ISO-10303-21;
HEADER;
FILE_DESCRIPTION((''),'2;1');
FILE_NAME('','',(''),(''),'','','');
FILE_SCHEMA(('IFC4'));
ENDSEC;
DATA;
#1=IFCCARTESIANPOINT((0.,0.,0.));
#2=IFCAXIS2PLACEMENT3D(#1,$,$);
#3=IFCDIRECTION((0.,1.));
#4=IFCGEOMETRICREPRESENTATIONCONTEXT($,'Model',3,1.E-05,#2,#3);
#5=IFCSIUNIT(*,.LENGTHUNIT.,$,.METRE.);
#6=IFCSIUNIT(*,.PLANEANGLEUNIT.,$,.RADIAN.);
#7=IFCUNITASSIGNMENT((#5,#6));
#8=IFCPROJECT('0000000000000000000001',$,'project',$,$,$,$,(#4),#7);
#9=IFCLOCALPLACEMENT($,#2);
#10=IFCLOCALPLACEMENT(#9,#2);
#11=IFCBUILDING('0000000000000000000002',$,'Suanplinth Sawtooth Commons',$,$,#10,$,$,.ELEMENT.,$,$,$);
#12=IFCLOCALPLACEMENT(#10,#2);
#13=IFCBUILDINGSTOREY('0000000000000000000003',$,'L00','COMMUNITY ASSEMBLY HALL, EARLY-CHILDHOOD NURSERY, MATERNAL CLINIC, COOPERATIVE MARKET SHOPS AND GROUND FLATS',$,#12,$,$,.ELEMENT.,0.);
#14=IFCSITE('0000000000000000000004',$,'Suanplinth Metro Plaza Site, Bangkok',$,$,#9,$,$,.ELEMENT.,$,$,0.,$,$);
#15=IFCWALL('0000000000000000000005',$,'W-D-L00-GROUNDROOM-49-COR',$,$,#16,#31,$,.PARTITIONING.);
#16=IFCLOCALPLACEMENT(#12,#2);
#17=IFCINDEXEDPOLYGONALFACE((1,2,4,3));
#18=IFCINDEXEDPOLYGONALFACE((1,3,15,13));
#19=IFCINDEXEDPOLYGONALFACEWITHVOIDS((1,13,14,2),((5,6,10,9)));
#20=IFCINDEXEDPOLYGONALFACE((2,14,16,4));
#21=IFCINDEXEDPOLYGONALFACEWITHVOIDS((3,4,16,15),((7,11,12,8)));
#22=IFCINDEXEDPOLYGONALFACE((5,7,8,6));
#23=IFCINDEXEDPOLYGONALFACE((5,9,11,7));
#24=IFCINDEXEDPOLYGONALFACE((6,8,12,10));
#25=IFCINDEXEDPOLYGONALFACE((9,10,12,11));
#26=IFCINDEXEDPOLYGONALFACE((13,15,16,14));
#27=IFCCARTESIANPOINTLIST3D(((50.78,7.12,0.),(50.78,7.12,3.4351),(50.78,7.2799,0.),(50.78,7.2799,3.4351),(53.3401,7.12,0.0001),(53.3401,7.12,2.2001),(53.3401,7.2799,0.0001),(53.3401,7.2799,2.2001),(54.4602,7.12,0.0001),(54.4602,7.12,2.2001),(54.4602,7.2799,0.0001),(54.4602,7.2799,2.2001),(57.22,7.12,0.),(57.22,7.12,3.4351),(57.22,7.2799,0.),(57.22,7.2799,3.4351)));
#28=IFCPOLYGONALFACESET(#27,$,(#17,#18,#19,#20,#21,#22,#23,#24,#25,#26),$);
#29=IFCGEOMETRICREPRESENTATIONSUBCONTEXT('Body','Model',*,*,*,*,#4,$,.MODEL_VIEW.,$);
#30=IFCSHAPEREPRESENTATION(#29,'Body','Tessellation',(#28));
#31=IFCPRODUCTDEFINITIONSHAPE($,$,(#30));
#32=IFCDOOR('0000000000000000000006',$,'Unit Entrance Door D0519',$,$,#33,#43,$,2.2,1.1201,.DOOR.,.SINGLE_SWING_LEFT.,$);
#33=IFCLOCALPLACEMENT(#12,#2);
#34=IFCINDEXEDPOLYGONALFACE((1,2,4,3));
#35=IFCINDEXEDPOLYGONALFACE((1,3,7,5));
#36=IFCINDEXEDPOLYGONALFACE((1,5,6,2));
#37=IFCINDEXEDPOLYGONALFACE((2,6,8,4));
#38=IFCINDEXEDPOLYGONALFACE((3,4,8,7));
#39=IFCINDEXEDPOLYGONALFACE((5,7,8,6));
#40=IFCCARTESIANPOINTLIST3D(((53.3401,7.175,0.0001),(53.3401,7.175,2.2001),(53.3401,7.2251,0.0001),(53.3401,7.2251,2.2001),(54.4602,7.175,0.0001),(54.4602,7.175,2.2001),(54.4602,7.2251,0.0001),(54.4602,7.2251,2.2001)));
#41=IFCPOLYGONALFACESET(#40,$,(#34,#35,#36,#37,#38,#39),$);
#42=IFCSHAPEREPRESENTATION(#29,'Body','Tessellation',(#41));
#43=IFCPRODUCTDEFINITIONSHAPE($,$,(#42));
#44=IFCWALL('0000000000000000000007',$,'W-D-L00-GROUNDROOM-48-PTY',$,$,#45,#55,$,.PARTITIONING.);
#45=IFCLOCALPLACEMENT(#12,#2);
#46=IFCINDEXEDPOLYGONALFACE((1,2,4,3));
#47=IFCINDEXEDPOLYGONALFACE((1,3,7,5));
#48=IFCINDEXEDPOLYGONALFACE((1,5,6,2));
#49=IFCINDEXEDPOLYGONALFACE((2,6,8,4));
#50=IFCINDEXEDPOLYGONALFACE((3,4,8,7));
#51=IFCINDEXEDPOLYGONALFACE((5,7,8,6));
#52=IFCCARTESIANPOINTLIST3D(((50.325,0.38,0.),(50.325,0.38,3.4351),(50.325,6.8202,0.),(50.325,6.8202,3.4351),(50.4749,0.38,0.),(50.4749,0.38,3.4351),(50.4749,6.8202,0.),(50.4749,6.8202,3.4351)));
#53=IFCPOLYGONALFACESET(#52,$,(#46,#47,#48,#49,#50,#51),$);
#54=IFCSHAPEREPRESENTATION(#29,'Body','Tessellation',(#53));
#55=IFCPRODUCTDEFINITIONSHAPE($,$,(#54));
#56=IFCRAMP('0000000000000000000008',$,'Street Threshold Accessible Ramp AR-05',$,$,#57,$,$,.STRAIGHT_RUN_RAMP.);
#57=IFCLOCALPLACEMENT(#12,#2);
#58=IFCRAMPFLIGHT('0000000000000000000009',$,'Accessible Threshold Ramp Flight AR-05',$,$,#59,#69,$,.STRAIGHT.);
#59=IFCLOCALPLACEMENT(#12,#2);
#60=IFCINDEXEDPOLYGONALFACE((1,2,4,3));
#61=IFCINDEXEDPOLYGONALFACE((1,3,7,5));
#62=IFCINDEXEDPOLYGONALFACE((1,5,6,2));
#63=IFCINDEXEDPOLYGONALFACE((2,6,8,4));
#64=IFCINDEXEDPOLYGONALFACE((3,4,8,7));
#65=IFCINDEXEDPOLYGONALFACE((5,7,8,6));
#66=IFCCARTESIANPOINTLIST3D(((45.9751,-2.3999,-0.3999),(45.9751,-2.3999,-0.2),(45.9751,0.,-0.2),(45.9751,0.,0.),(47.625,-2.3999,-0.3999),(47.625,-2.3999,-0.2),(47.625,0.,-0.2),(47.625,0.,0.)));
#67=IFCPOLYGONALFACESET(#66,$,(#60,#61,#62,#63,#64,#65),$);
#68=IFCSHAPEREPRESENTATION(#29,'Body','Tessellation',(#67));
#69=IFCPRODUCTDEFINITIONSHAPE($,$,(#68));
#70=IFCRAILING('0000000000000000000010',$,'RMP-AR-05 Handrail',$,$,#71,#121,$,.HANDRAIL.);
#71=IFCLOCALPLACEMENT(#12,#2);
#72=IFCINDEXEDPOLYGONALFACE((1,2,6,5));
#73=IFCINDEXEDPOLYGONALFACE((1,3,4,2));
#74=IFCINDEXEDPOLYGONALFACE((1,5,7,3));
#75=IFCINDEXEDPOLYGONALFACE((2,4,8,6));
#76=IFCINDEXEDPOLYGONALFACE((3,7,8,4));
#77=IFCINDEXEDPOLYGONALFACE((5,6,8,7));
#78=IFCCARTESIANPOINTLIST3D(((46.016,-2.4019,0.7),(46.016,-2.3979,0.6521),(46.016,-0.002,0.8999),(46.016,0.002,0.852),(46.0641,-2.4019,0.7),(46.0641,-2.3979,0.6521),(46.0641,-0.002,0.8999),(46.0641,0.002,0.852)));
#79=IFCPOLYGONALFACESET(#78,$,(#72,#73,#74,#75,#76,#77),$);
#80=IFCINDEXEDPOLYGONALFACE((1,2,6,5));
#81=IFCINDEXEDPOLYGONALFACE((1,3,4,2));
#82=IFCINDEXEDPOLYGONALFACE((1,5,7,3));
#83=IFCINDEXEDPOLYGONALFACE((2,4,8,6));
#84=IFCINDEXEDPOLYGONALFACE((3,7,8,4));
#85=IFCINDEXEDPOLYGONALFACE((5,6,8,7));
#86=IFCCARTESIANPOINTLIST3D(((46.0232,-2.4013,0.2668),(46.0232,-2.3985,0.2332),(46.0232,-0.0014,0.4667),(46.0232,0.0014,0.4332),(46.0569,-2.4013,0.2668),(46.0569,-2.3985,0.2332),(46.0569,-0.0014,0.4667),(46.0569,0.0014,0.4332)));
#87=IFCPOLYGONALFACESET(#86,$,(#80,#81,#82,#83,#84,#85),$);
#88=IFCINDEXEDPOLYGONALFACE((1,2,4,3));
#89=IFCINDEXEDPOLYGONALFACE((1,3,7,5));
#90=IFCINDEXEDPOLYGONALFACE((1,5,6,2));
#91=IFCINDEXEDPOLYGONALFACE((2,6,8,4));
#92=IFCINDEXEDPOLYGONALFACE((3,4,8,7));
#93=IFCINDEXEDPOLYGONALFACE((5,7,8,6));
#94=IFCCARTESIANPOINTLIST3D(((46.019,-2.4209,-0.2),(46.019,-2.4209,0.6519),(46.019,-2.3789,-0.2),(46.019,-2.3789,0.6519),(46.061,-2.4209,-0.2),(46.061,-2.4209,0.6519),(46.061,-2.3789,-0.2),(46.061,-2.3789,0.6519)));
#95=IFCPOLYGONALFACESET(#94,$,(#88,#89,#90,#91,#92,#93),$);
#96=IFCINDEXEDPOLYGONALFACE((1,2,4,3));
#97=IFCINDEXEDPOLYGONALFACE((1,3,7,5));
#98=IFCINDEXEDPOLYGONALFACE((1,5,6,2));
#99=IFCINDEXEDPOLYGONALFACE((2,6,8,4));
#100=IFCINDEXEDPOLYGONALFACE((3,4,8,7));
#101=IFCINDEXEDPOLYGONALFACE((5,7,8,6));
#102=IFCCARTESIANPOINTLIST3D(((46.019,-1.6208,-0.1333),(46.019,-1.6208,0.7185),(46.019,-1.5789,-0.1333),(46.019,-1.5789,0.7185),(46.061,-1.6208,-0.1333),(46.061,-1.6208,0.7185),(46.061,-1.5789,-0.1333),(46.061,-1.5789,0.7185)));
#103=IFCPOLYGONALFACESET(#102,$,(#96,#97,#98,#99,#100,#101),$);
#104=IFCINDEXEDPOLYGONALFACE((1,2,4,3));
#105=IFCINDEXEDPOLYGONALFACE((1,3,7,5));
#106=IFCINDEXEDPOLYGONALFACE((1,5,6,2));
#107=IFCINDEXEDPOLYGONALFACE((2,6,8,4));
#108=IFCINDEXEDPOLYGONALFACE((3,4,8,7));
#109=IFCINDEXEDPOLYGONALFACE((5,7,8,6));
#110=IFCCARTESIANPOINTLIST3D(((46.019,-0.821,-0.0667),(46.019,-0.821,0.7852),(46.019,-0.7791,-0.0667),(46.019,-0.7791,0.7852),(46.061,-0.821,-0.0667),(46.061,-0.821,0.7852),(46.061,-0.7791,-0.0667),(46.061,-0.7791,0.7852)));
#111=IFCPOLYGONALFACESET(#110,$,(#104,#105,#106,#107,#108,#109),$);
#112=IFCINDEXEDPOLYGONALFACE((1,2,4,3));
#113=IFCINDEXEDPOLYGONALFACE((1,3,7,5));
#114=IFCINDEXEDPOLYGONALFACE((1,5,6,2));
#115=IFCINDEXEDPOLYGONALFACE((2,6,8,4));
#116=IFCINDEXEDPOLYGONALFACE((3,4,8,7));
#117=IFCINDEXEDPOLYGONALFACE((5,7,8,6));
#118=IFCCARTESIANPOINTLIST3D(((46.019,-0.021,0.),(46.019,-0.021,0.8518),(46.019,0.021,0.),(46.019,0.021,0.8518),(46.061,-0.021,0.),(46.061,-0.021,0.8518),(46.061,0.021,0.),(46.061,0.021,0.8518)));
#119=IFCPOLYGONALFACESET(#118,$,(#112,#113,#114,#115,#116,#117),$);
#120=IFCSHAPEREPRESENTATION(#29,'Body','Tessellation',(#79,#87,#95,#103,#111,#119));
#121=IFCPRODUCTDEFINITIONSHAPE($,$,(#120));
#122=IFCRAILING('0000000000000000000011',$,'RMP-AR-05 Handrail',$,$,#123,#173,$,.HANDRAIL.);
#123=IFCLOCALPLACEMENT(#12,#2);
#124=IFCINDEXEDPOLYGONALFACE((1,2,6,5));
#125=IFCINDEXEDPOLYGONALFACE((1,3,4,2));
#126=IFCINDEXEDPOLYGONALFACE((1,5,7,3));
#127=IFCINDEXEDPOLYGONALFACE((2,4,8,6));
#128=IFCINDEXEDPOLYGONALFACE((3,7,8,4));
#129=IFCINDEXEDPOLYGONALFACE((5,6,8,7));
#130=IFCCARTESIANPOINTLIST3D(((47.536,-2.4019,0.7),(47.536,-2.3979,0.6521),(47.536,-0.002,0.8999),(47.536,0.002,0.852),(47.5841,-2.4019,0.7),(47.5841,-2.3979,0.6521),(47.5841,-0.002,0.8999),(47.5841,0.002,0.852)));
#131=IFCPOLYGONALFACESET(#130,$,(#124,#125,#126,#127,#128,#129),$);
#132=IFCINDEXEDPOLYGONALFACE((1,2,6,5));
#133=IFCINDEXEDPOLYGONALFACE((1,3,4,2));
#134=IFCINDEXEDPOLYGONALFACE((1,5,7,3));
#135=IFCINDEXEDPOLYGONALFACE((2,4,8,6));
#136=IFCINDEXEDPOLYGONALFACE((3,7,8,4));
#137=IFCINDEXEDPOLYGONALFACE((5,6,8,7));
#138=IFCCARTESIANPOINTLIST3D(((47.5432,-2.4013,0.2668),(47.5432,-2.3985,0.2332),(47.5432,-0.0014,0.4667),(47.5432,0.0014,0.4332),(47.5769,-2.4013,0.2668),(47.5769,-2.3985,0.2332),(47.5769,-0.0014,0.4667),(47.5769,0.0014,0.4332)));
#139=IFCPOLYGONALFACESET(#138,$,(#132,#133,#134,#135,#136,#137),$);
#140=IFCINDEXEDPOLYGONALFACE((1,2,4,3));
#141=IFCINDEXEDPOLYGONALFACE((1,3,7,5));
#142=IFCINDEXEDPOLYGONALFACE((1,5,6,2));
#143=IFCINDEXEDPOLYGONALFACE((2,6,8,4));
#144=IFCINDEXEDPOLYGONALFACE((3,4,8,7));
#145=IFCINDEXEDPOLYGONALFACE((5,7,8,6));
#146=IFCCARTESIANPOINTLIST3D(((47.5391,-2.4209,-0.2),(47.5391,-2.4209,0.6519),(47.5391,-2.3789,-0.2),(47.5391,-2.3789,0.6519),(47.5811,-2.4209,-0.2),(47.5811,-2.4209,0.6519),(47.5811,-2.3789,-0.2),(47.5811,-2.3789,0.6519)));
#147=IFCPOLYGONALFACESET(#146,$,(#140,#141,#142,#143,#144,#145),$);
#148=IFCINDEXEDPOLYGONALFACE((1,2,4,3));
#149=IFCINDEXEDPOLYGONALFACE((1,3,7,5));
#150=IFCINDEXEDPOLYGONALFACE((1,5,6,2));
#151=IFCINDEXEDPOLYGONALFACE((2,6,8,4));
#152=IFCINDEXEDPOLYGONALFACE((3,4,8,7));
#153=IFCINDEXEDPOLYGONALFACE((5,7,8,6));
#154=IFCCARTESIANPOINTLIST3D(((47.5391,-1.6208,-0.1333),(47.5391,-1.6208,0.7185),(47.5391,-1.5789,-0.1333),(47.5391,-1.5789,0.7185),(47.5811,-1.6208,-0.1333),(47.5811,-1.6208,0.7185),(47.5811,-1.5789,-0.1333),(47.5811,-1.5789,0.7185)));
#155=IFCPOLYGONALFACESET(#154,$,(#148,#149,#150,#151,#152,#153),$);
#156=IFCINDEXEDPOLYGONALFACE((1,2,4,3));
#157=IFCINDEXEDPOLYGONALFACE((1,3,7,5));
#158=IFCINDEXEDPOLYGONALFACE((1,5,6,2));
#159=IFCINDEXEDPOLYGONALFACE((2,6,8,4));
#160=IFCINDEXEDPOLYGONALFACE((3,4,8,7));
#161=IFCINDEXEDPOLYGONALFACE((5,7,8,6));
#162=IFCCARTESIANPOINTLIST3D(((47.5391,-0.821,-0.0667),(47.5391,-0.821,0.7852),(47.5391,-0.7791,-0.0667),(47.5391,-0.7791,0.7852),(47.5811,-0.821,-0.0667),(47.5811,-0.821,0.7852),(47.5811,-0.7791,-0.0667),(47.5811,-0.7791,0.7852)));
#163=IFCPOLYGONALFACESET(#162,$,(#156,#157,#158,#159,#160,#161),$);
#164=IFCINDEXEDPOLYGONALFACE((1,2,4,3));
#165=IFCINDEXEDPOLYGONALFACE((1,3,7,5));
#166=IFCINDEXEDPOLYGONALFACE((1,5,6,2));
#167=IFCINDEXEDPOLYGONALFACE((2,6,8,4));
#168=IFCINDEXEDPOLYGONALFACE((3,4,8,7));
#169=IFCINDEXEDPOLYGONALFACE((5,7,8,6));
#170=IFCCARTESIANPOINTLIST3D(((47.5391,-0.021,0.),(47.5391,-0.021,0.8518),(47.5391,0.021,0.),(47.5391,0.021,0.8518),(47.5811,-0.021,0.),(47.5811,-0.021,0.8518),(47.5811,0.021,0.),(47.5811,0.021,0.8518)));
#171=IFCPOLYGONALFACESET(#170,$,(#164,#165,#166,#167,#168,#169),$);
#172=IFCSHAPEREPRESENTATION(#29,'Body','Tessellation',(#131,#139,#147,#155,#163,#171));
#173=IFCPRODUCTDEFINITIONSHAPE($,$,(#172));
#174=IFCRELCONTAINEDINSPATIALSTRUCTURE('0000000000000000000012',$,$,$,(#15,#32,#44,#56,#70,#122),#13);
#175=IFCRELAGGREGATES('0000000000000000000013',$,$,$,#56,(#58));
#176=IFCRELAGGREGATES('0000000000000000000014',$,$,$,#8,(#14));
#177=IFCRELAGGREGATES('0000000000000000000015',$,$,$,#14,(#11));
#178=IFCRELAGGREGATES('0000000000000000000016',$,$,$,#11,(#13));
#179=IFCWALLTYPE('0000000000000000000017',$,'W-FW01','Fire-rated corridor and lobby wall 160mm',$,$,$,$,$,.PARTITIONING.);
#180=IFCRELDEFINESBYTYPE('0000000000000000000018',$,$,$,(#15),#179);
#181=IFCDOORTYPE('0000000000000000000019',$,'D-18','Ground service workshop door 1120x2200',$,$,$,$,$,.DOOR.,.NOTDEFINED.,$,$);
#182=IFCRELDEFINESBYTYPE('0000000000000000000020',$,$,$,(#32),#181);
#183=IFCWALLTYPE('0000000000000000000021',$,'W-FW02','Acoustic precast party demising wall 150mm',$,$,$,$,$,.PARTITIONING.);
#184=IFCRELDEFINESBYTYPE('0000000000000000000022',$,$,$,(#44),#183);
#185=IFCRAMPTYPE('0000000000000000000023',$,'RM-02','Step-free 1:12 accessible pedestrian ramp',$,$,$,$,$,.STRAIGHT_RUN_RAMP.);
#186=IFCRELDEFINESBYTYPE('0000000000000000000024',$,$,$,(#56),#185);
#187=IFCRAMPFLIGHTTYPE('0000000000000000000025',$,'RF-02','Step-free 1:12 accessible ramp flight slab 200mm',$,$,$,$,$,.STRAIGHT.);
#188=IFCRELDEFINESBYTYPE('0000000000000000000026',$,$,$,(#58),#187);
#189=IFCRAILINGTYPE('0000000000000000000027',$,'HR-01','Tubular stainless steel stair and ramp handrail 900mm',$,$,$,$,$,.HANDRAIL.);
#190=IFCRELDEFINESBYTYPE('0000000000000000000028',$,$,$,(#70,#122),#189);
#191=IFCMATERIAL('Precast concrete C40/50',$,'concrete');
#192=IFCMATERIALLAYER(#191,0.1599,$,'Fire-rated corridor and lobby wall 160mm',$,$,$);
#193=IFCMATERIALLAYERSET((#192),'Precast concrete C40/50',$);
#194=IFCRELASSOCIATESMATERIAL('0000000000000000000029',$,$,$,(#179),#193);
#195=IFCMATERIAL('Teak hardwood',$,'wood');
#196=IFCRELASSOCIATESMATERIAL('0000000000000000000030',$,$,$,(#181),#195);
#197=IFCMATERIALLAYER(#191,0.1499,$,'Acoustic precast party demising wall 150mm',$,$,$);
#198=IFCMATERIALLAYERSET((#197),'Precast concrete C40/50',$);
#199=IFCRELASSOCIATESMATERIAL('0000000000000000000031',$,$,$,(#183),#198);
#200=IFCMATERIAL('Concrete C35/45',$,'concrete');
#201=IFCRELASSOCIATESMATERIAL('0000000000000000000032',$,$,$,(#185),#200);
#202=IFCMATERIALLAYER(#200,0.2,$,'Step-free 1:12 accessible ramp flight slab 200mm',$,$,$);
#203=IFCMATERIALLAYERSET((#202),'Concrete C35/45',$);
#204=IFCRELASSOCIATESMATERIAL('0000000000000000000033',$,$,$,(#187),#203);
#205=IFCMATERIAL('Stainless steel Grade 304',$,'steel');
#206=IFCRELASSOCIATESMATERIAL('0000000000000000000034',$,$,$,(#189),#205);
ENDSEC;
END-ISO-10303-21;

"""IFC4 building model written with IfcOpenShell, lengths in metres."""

from ifc_helpers import new_model, si_unit, direction, frame, frame_2d, origin, origin_2d, place, context, subcontext, project, spatial, polyline, rectangle, outline, extrude, material, layer, layer_set, type_object, element, fill, aggregate, save


model = new_model("IFC4")

# Units and contexts
model_context = context("Model", 3, precision=1e-05, world=origin(), true_north=direction((0.0, 1.0)))
body_context = subcontext(model_context, "Body", "Model", "MODEL_VIEW")
ifc_project = project(units=[si_unit("LENGTHUNIT", "METRE"), si_unit("PLANEANGLEUNIT", "RADIAN")], contexts=[model_context])

# Site, building, storey
site_placement = place(None, origin())
site = spatial("IfcSite", under=ifc_project, at=site_placement, Name="Suanplinth Metro Plaza Site, Bangkok", CompositionType="ELEMENT", RefElevation=0.0)
building_placement = place(site_placement, origin())
building = spatial("IfcBuilding", under=site, at=building_placement, Name="Suanplinth Sawtooth Commons", CompositionType="ELEMENT")
storey_placement = place(building_placement, origin())
storey = spatial("IfcBuildingStorey", under=building, at=storey_placement, Name="L00", Description="COMMUNITY ASSEMBLY HALL, EARLY-CHILDHOOD NURSERY, MATERNAL CLINIC, COOPERATIVE MARKET SHOPS AND GROUND FLATS", CompositionType="ELEMENT", Elevation=0.0)

# Shared definitions
ifc_material_1 = material(Name="Precast concrete C40/50", Category="concrete")

# Wall, opening, door
ifc_layer_1 = layer(ifc_material_1, 0.1599, Name="Fire-rated corridor and lobby wall 160mm")
ifc_layer_set_1 = layer_set([ifc_layer_1], Name="Precast concrete C40/50")
wall_type_1 = type_object("IfcWallType", Name="W-FW01", Description="Fire-rated corridor and lobby wall 160mm", PredefinedType="PARTITIONING", material=ifc_layer_set_1)
wall_1_placement = place(storey_placement, frame((50.78, 7.2, 0.0), z_axis=(0.0, 0.0, 1.0), x_axis=(1.0, 0.0, 0.0)))
wall_1 = element("IfcWall", 1, at=wall_1_placement, inside=storey, type_object=wall_type_1, Name="W-D-L00-GROUNDROOM-49-COR", PredefinedType="PARTITIONING", context=body_context, shape_type="SweptSolid", body=[
    extrude(rectangle(XDim=6.4399, YDim=0.1599, at=frame_2d((3.22, 0.0))), origin(), (0.0, 0.0, 1.0), 3.4351),
])
opening_placement = place(wall_1_placement, frame((2.5601, 0.0, 0.0)))
opening = element("IfcOpeningElement", 2, at=opening_placement, cuts=wall_1, PredefinedType="OPENING", context=body_context, shape_type="SweptSolid", body=[
    extrude(rectangle(XDim=1.1201, YDim=2.2, at=frame_2d((0.5601, 1.1001))), frame((0.0, 0.0947, 0.0), z_axis=(0.0, -1.0, 0.0), x_axis=(1.0, 0.0, 0.0)), (0.0, 0.0, 1.0), 0.1897),
])
ifc_material_2 = material(Name="Teak hardwood", Category="wood")
door_type = type_object("IfcDoorType", Name="D-18", Description="Ground service workshop door 1120x2200", OperationType="NOTDEFINED", PredefinedType="DOOR", material=ifc_material_2)
door_placement = place(opening_placement, frame((1.1201, 0.0, 0.0), z_axis=(0.0, 0.0, 1.0), x_axis=(-1.0, 0.0, 0.0)))
door = element("IfcDoor", 3, at=door_placement, inside=storey, type_object=door_type, Name="Unit Entrance Door D0519", OperationType="SINGLE_SWING_LEFT", OverallHeight=2.2, OverallWidth=1.1201, PredefinedType="DOOR", context=body_context, shape_type="SweptSolid", body=[
    extrude(rectangle(XDim=1.1201, YDim=2.2, at=frame_2d((0.5601, 1.1001))), frame((0.0, 0.0249, 0.0), z_axis=(0.0, -1.0, 0.0), x_axis=(1.0, 0.0, 0.0)), (0.0, 0.0, 1.0), 0.05),
])
fill(opening, door)

# Wall
ifc_layer_2 = layer(ifc_material_1, 0.1499, Name="Acoustic precast party demising wall 150mm")
ifc_layer_set_2 = layer_set([ifc_layer_2], Name="Precast concrete C40/50")
wall_type_2 = type_object("IfcWallType", Name="W-FW02", Description="Acoustic precast party demising wall 150mm", PredefinedType="PARTITIONING", material=ifc_layer_set_2)
wall_2_placement = place(storey_placement, frame((50.3999, 0.3799, 0.0), z_axis=(0.0, 0.0, 1.0), x_axis=(0.0, 1.0, 0.0)))
element("IfcWall", 4, at=wall_2_placement, inside=storey, type_object=wall_type_2, Name="W-D-L00-GROUNDROOM-48-PTY", PredefinedType="PARTITIONING", context=body_context, shape_type="SweptSolid", body=[
    extrude(rectangle(XDim=6.4402, YDim=0.1499, at=frame_2d((3.2202, 0.0))), origin(), (0.0, 0.0, 1.0), 3.4351),
])

# Ramp, ramp flight
ifc_material_3 = material(Name="Concrete C35/45", Category="concrete")
ramp_type = type_object("IfcRampType", Name="RM-02", Description="Step-free 1:12 accessible pedestrian ramp", PredefinedType="STRAIGHT_RUN_RAMP", material=ifc_material_3)
ramp_placement = place(storey_placement, origin())
ramp = element("IfcRamp", 5, at=ramp_placement, inside=storey, type_object=ramp_type, Name="Street Threshold Accessible Ramp AR-05", PredefinedType="STRAIGHT_RUN_RAMP")
ifc_layer_3 = layer(ifc_material_3, 0.2, Name="Step-free 1:12 accessible ramp flight slab 200mm")
ifc_layer_set_3 = layer_set([ifc_layer_3], Name="Concrete C35/45")
ramp_flight_type = type_object("IfcRampFlightType", Name="RF-02", Description="Step-free 1:12 accessible ramp flight slab 200mm", PredefinedType="STRAIGHT", material=ifc_layer_set_3)
ramp_flight_placement = place(storey_placement, frame((46.8, -2.3999, -0.2), z_axis=(0.0, 0.0, 1.0), x_axis=(0.0, 1.0, 0.0)))
ramp_flight = element("IfcRampFlight", 6, at=ramp_flight_placement, type_object=ramp_flight_type, Name="Accessible Threshold Ramp Flight AR-05", PredefinedType="STRAIGHT", context=body_context, shape_type="SweptSolid", body=[
    extrude(outline(polyline([(0.0, 0.0), (0.0, -0.2), (2.3999, 0.0), (2.3999, 0.2), (0.0, 0.0)])), frame((0.0, 0.825, 0.0), z_axis=(0.0, -1.0, 0.0), x_axis=(1.0, 0.0, 0.0)), (0.0, 0.0, 1.0), 1.6499),
])
aggregate(ramp, [ramp_flight])

# Railings
ifc_material_4 = material(Name="Stainless steel Grade 304", Category="steel")
railing_type = type_object("IfcRailingType", Name="HR-01", Description="Tubular stainless steel stair and ramp handrail 900mm", PredefinedType="HANDRAIL", material=ifc_material_4)
for number, where, name in (
    (7, (46.04, -2.3999, -0.2), "RMP-AR-05 Handrail"),
    (8, (47.5601, -2.3999, -0.2), "RMP-AR-05 Handrail"),
):
    element("IfcRailing", number, at=place(storey_placement, frame(where)), inside=storey, type_object=railing_type, Name=name, PredefinedType="HANDRAIL", context=body_context, shape_type="SweptSolid", body=[
        extrude(rectangle(XDim=0.0481, YDim=0.0481, at=origin_2d()), frame((0.0, 0.0, 0.876), z_axis=(0.0, 0.996547, 0.083029), x_axis=(-1.0, 0.0, 0.0)), (0.0, 0.0, 1.0), 2.4082),
        extrude(rectangle(XDim=0.0337, YDim=0.0337, at=origin_2d()), frame((0.0, 0.0, 0.45), z_axis=(0.0, 0.996547, 0.083029), x_axis=(-1.0, 0.0, 0.0)), (0.0, 0.0, 1.0), 2.4082),
        extrude(rectangle(XDim=0.042, YDim=0.042, at=origin_2d()), origin(), (0.0, 0.0, 1.0), 0.8518),
        extrude(rectangle(XDim=0.042, YDim=0.042, at=origin_2d()), frame((0.0, 0.8, 0.0667)), (0.0, 0.0, 1.0), 0.8518),
        extrude(rectangle(XDim=0.042, YDim=0.042, at=origin_2d()), frame((0.0, 1.5999, 0.1333)), (0.0, 0.0, 1.0), 0.8518),
        extrude(rectangle(XDim=0.042, YDim=0.042, at=origin_2d()), frame((0.0, 2.3999, 0.2)), (0.0, 0.0, 1.0), 0.8518),
    ])

save(model, "model.ifc")
